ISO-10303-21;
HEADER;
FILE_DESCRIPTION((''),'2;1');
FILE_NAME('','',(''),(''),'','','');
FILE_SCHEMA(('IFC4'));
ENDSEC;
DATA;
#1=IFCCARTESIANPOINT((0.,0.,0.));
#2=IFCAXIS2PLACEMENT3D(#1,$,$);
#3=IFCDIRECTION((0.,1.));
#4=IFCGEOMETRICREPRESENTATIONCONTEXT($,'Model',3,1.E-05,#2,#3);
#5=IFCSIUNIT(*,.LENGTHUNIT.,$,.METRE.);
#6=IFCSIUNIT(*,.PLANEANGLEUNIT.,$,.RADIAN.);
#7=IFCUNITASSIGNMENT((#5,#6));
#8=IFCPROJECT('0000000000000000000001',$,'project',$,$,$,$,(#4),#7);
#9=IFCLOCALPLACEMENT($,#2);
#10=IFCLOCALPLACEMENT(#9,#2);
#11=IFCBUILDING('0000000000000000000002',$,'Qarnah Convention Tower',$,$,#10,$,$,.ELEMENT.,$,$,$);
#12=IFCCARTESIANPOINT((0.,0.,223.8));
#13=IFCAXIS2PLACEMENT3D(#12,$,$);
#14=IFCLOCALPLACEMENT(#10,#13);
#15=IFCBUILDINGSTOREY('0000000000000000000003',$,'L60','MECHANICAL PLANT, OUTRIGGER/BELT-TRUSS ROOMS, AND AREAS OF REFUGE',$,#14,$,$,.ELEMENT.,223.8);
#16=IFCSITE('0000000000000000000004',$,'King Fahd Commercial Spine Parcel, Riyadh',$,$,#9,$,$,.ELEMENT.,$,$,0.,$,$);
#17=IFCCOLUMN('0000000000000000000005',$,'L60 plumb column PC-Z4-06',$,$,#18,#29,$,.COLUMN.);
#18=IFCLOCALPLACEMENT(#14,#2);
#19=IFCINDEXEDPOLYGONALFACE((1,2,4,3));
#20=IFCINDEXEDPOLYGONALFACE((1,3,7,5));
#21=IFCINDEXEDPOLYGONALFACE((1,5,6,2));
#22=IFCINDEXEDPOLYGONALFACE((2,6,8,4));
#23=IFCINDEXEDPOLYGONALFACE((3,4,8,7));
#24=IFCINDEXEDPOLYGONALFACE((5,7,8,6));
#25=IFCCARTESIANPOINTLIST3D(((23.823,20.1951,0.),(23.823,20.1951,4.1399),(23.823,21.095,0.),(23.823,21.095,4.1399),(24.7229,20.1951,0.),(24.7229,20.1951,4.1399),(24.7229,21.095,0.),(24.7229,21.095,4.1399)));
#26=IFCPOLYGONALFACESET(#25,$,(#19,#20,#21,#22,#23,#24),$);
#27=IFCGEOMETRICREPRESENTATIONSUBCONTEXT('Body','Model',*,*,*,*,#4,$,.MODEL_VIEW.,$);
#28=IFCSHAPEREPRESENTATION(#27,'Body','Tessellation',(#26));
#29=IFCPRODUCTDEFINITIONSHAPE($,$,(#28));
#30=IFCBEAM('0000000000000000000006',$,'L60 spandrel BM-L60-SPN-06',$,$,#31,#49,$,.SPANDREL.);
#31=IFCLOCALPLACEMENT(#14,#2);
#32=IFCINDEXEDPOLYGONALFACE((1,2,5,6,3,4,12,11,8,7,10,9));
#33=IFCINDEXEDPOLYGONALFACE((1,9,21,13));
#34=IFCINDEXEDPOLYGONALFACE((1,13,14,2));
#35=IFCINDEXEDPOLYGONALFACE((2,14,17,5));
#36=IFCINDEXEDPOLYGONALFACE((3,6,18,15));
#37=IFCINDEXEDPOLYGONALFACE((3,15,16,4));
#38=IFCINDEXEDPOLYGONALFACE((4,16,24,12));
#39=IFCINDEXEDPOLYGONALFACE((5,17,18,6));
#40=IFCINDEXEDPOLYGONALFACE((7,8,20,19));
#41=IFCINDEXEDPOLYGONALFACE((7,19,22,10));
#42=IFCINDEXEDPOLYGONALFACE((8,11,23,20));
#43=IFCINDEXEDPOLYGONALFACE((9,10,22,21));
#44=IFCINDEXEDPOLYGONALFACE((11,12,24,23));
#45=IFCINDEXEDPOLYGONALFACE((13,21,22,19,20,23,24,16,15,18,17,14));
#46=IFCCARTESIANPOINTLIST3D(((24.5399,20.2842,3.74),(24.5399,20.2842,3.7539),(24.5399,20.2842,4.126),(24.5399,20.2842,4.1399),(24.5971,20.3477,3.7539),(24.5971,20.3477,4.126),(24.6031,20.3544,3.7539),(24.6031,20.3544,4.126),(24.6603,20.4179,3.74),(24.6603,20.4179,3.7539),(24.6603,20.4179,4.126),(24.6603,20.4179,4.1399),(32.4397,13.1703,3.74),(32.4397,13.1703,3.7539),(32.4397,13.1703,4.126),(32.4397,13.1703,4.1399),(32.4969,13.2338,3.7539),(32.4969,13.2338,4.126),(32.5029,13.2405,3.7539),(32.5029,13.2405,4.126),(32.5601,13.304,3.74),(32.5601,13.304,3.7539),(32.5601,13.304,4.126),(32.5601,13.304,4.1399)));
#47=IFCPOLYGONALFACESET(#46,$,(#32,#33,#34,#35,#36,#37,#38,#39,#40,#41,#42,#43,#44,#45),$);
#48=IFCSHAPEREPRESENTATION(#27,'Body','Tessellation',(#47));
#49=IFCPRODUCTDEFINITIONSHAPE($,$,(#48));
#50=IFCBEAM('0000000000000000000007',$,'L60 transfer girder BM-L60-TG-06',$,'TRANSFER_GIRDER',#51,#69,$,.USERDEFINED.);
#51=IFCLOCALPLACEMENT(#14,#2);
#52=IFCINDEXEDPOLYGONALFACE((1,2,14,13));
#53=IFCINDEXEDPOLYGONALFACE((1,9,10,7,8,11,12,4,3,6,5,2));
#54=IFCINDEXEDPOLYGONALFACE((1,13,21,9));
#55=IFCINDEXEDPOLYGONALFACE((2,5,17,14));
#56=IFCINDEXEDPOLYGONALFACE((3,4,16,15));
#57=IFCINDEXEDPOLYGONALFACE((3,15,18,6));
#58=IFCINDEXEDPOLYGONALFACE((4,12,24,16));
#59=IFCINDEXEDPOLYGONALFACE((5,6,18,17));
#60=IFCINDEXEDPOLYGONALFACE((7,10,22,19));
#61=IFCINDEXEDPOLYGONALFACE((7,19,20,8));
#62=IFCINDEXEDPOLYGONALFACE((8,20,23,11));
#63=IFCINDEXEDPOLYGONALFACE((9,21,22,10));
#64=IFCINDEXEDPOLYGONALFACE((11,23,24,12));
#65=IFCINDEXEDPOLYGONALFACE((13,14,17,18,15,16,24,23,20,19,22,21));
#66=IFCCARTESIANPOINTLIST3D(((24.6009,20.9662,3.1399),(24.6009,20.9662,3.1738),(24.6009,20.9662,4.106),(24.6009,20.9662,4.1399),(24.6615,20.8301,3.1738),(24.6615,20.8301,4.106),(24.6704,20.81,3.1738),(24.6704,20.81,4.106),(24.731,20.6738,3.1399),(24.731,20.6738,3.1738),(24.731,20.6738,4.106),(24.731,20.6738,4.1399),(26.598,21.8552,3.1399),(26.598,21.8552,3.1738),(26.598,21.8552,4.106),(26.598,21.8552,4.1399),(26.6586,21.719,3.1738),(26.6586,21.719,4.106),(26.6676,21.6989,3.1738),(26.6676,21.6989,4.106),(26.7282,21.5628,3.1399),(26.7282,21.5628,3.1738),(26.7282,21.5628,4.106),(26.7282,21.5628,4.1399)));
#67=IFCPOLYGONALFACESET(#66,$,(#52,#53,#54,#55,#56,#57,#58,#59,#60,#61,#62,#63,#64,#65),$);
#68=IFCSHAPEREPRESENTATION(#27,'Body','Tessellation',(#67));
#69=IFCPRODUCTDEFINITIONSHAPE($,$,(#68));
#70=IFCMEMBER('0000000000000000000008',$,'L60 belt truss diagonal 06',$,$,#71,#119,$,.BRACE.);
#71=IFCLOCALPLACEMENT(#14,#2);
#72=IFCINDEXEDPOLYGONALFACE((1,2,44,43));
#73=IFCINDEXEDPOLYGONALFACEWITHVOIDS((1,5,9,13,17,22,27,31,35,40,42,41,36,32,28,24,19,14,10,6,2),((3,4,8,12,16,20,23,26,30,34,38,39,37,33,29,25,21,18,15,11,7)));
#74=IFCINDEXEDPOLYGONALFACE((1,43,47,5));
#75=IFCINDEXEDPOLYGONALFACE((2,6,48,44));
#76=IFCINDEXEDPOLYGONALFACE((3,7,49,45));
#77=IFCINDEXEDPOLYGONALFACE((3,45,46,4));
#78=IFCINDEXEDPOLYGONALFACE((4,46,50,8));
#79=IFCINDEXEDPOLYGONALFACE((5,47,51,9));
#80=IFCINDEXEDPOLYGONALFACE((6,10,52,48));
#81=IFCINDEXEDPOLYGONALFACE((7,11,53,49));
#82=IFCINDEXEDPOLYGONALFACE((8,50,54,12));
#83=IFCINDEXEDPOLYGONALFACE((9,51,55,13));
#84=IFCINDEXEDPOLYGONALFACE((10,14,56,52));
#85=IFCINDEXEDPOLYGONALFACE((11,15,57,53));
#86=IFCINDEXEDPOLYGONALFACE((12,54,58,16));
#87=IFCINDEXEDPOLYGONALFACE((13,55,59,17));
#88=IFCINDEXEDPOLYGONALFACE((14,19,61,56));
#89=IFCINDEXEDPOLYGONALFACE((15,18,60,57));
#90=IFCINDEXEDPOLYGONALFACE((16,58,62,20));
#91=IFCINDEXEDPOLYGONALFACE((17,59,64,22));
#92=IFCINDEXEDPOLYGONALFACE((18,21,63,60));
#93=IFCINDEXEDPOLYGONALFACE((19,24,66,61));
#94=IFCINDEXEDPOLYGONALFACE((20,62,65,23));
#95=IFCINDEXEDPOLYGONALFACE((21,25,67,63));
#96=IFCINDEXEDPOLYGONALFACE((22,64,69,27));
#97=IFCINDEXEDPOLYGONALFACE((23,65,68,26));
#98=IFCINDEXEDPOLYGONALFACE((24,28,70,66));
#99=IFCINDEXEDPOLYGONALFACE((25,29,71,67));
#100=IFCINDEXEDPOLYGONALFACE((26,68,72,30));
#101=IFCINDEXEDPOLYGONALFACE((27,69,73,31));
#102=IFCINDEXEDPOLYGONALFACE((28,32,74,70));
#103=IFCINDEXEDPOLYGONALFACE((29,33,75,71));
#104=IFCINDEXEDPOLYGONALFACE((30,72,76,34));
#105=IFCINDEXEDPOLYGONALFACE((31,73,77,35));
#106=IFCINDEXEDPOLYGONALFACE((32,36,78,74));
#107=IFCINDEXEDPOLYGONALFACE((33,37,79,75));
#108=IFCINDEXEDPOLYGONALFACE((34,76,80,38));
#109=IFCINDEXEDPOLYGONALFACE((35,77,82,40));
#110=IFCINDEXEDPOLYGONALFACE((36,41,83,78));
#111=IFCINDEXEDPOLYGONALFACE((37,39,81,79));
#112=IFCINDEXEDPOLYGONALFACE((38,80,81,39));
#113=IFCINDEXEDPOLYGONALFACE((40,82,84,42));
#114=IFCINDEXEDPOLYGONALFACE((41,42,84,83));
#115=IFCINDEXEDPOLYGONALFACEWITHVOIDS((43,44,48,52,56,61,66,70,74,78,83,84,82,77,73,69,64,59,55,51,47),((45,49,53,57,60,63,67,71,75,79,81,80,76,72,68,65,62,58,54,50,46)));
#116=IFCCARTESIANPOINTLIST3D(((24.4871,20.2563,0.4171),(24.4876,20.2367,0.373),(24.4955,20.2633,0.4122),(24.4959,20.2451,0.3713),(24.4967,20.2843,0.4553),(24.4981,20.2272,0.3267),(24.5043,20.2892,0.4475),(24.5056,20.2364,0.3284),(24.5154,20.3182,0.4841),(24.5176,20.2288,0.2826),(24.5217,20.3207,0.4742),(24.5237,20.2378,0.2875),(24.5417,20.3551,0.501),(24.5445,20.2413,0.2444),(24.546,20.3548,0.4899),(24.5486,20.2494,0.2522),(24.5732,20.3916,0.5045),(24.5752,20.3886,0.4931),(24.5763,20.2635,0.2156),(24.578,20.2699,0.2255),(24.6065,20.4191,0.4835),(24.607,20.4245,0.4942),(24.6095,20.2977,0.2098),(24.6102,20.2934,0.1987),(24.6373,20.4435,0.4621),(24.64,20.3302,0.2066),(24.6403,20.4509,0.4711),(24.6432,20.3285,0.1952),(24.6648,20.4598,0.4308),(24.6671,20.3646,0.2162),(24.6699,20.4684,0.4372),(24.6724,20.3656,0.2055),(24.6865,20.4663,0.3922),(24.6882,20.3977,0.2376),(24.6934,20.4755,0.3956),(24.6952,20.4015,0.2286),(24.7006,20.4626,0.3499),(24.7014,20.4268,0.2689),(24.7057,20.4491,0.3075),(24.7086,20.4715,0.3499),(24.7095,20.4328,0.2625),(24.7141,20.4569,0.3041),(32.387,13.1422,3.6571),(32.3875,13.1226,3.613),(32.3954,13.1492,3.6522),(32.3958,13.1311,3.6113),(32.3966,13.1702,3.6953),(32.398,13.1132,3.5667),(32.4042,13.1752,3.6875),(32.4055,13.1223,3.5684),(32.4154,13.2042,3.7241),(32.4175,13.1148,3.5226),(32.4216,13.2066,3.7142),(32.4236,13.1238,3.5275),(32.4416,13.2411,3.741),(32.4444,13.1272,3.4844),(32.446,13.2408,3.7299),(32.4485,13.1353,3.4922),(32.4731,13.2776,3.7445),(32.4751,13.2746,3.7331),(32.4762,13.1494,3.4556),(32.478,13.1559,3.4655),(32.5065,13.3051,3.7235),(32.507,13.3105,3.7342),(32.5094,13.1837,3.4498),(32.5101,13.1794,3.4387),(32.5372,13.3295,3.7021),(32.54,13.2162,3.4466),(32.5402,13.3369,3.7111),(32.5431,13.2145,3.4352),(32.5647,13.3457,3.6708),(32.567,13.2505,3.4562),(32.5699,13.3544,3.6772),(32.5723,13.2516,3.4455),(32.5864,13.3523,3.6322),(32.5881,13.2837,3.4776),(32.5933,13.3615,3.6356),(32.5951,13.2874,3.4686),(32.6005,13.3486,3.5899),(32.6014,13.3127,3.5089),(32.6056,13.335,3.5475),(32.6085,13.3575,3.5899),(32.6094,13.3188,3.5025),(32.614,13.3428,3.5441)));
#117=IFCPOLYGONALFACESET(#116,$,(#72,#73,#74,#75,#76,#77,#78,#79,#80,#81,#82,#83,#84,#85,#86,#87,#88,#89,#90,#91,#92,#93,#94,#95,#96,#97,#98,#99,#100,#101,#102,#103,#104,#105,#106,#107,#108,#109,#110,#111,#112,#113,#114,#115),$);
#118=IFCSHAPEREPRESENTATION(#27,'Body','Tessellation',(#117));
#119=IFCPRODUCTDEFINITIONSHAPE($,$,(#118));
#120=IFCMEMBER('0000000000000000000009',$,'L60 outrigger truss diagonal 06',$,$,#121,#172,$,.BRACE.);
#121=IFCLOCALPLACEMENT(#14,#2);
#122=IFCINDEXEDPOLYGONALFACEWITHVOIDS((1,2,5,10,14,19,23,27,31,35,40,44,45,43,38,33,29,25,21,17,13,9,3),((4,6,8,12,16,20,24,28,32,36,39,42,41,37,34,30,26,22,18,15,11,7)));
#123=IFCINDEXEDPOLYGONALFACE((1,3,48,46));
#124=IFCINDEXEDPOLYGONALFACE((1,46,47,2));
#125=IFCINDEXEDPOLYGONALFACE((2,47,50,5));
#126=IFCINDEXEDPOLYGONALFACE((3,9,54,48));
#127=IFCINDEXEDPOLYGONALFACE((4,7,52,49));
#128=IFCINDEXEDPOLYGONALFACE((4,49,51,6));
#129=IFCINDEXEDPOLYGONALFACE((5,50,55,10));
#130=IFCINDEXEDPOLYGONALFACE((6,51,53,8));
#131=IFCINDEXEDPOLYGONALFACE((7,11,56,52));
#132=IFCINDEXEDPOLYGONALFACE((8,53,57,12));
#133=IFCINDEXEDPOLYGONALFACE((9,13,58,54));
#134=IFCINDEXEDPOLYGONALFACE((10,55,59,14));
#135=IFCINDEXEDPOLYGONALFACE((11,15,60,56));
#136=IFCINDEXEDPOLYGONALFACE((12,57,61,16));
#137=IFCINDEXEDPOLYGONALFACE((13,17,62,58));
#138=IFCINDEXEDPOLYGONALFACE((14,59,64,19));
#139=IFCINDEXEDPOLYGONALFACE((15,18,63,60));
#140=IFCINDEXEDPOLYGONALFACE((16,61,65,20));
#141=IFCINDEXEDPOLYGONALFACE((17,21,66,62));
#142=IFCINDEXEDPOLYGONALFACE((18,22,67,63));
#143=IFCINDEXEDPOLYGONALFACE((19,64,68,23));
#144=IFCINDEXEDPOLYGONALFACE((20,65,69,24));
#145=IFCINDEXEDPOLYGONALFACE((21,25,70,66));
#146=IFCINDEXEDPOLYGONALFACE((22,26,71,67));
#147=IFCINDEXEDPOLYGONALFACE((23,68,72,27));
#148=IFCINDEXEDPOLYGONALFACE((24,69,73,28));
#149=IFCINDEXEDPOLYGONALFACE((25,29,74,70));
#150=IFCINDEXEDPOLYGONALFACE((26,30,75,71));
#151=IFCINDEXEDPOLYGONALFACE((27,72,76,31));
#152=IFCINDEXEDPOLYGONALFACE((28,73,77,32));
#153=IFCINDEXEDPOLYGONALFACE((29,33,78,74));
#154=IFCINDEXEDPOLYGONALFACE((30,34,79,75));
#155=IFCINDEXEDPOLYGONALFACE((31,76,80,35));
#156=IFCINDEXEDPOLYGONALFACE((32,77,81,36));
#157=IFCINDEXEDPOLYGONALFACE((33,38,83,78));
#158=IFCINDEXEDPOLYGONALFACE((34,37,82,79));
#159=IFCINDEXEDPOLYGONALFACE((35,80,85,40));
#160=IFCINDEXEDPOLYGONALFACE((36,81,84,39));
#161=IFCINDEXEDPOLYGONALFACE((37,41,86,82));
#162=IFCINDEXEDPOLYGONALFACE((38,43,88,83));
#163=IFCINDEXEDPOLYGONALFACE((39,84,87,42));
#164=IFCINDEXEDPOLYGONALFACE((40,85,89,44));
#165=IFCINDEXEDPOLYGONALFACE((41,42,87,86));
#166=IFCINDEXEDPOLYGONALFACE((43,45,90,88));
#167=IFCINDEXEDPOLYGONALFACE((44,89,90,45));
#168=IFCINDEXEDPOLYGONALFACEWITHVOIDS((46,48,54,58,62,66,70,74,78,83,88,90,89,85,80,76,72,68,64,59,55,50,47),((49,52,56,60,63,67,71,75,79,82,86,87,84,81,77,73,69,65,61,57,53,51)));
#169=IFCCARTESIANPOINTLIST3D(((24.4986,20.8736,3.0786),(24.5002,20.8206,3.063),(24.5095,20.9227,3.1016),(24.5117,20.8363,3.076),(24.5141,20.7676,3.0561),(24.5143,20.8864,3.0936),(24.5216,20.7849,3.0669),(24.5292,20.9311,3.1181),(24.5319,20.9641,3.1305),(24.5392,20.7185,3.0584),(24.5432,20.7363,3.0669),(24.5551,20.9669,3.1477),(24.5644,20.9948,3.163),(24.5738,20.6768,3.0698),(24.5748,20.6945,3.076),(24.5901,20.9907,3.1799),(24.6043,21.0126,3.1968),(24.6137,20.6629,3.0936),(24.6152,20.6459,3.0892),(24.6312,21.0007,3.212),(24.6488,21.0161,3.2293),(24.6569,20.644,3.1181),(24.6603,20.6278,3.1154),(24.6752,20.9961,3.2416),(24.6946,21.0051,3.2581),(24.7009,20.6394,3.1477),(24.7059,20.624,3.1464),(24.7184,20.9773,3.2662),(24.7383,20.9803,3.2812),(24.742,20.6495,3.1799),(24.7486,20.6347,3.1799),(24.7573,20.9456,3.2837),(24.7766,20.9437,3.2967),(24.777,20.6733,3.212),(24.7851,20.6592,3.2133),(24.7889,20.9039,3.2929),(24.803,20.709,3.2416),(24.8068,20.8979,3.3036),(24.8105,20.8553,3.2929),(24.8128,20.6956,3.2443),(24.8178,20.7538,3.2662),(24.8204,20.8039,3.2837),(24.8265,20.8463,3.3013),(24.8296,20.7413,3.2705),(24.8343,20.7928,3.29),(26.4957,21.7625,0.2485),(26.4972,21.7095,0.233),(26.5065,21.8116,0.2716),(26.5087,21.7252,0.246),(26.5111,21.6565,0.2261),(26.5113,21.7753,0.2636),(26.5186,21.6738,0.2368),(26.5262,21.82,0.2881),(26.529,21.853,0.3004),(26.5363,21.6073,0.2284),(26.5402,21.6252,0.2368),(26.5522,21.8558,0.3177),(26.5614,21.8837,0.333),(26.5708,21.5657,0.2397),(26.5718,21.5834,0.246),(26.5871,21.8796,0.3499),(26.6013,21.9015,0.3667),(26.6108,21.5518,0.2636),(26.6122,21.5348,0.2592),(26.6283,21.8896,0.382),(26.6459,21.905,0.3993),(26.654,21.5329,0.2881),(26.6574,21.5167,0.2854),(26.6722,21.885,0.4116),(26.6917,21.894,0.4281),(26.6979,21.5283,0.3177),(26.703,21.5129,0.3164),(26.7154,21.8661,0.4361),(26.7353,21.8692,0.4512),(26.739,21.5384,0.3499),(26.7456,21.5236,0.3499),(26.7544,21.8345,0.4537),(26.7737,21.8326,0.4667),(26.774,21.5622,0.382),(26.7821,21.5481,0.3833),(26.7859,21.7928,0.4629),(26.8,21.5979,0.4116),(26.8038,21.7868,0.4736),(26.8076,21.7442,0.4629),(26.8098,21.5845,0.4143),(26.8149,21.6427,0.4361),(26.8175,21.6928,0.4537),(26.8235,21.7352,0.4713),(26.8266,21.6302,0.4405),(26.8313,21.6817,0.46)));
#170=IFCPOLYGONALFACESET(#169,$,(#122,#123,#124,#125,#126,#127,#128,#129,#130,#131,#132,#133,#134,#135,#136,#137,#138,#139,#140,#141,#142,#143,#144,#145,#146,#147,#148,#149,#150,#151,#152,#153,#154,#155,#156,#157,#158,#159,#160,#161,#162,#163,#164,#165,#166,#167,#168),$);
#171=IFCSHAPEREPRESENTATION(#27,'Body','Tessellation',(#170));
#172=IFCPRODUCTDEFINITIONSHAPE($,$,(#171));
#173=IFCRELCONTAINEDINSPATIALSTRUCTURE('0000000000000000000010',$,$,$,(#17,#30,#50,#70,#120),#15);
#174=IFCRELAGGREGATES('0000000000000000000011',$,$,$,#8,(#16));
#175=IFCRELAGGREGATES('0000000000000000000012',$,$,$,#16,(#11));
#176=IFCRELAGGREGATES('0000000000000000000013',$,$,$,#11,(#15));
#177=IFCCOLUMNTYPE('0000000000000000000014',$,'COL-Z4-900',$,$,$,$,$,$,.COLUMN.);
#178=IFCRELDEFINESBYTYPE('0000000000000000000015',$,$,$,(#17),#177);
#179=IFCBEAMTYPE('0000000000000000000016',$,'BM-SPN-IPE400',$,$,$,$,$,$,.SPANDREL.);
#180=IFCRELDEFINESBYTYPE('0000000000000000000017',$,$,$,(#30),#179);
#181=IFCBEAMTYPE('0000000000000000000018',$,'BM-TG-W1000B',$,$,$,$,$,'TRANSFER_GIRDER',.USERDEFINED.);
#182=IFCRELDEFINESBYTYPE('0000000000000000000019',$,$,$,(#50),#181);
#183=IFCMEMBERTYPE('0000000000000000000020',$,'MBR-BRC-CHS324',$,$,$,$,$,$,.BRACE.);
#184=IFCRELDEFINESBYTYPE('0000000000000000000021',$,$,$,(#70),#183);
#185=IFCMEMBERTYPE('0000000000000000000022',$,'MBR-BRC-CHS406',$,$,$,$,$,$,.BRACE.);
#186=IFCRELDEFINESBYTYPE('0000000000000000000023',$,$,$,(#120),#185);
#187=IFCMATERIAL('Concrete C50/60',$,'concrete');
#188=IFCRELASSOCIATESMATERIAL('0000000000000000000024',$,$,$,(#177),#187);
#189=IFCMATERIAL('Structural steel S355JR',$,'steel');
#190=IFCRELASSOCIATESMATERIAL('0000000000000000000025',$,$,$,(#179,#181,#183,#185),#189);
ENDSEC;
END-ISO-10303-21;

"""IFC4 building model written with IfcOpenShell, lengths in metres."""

from ifc_helpers import new_model, si_unit, direction, frame, origin, origin_2d, place, context, subcontext, project, spatial, rectangle, hollow_circle, i_section, extrude, material, material_profile, profile_set, type_object, element, save


model = new_model("IFC4")

# Units and contexts
model_context = context("Model", 3, precision=1e-05, world=origin(), true_north=direction((0.0, 1.0)))
body_context = subcontext(model_context, "Body", "Model", "MODEL_VIEW")
ifc_project = project(units=[si_unit("LENGTHUNIT", "METRE"), si_unit("PLANEANGLEUNIT", "RADIAN")], contexts=[model_context])

# Site, building, storey
site_placement = place(None, origin())
site = spatial("IfcSite", under=ifc_project, at=site_placement, Name="King Fahd Commercial Spine Parcel, Riyadh", CompositionType="ELEMENT", RefElevation=0.0)
building_placement = place(site_placement, origin())
building = spatial("IfcBuilding", under=site, at=building_placement, Name="Qarnah Convention Tower", CompositionType="ELEMENT")
storey_placement = place(building_placement, frame((0.0, 0.0, 223.8)))
storey = spatial("IfcBuildingStorey", under=building, at=storey_placement, Name="L60", Description="MECHANICAL PLANT, OUTRIGGER/BELT-TRUSS ROOMS, AND AREAS OF REFUGE", CompositionType="ELEMENT", Elevation=223.8)

# Column
ifc_material_1 = material(Name="Concrete C50/60", Category="concrete")
ifc_material_profile_1 = material_profile(ifc_material_1, rectangle(XDim=0.8999, YDim=0.8999, at=origin_2d()), Name="RC-COL-900X900")
ifc_profile_set_1 = profile_set([ifc_material_profile_1], Name="Concrete C50/60")
column_type = type_object("IfcColumnType", Name="COL-Z4-900", PredefinedType="COLUMN", material=ifc_profile_set_1)
column_placement = place(storey_placement, frame((24.2729, 20.645, 0.0), z_axis=(0.0, 0.0, 1.0), x_axis=(1.0, 0.0, 0.0)))
element("IfcColumn", 1, at=column_placement, inside=storey, type_object=column_type, Name="L60 plumb column PC-Z4-06", PredefinedType="COLUMN", context=body_context, shape_type="SweptSolid", body=[
    extrude(rectangle(XDim=0.8999, YDim=0.8999, at=origin_2d()), origin(), (0.0, 0.0, 1.0), 4.1399),
])

# Beams
ifc_material_2 = material(Name="Structural steel S355JR", Category="steel")
ifc_material_profile_2 = material_profile(ifc_material_2, i_section(OverallWidth=0.1799, OverallDepth=0.3999, WebThickness=0.009, FlangeThickness=0.0139, at=origin_2d()), Name="IPE400")
ifc_profile_set_2 = profile_set([ifc_material_profile_2], Name="Structural steel S355JR")
beam_type_1 = type_object("IfcBeamType", Name="BM-SPN-IPE400", PredefinedType="SPANDREL", material=ifc_profile_set_2)
beam_1_placement = place(storey_placement, frame((24.6001, 20.3511, 3.9399), z_axis=(0.743102, -0.669178, 0.0), x_axis=(0.669178, 0.743102, 0.0)))
element("IfcBeam", 2, at=beam_1_placement, inside=storey, type_object=beam_type_1, Name="L60 spandrel BM-L60-SPN-06", PredefinedType="SPANDREL", context=body_context, shape_type="SweptSolid", body=[
    extrude(i_section(OverallWidth=0.1799, OverallDepth=0.3999, WebThickness=0.009, FlangeThickness=0.0139, at=origin_2d()), origin(), (0.0, 0.0, 1.0), 10.6309),
])
ifc_material_profile_3 = material_profile(ifc_material_2, i_section(OverallWidth=0.3201, OverallDepth=1.0, WebThickness=0.022, FlangeThickness=0.0339, at=origin_2d()), Name="W1000X371")
ifc_profile_set_3 = profile_set([ifc_material_profile_3], Name="Structural steel S355JR")
beam_type_2 = type_object("IfcBeamType", Name="BM-TG-W1000B", ElementType="TRANSFER_GIRDER", PredefinedType="USERDEFINED", material=ifc_profile_set_3)
beam_2_placement = place(storey_placement, frame((26.6631, 21.709, 3.6399), z_axis=(-0.913586, -0.406646, 0.0), x_axis=(0.406646, -0.913586, 0.0)))
element("IfcBeam", 3, at=beam_2_placement, inside=storey, type_object=beam_type_2, Name="L60 transfer girder BM-L60-TG-06", ObjectType="TRANSFER_GIRDER", PredefinedType="USERDEFINED", context=body_context, shape_type="SweptSolid", body=[
    extrude(i_section(OverallWidth=0.3201, OverallDepth=1.0, WebThickness=0.022, FlangeThickness=0.0339, at=origin_2d()), origin(), (0.0, 0.0, 1.0), 2.186),
])

# Members
ifc_material_profile_4 = material_profile(ifc_material_2, hollow_circle(Radius=0.1621, WallThickness=0.012, at=origin_2d()), Name="CHS324X12")
ifc_profile_set_4 = profile_set([ifc_material_profile_4], Name="Structural steel S355JR")
member_type_1 = type_object("IfcMemberType", Name="MBR-BRC-CHS324", PredefinedType="BRACE", material=ifc_profile_set_4)
member_1_placement = place(storey_placement, frame((24.6001, 20.3511, 0.3499), z_axis=(0.710823, -0.64011, 0.29153), x_axis=(0.669178, 0.743102, 0.0)))
element("IfcMember", 4, at=member_1_placement, inside=storey, type_object=member_type_1, Name="L60 belt truss diagonal 06", PredefinedType="BRACE", context=body_context, shape_type="SweptSolid", body=[
    extrude(hollow_circle(Radius=0.1621, WallThickness=0.012, at=origin_2d()), origin(), (0.0, 0.0, 1.0), 11.1138),
])
ifc_material_profile_5 = material_profile(ifc_material_2, hollow_circle(Radius=0.2029, WallThickness=0.0161, at=origin_2d()), Name="CHS406X16")
ifc_profile_set_5 = profile_set([ifc_material_profile_5], Name="Structural steel S355JR")
member_type_2 = type_object("IfcMemberType", Name="MBR-BRC-CHS406", PredefinedType="BRACE", material=ifc_profile_set_5)
member_2_placement = place(storey_placement, frame((26.6631, 21.709, 0.3499), z_axis=(-0.558464, -0.248578, 0.791408), x_axis=(0.406646, -0.913586, 0.0)))
element("IfcMember", 5, at=member_2_placement, inside=storey, type_object=member_type_2, Name="L60 outrigger truss diagonal 06", PredefinedType="BRACE", context=body_context, shape_type="SweptSolid", body=[
    extrude(hollow_circle(Radius=0.2029, WallThickness=0.0161, at=origin_2d()), origin(), (0.0, 0.0, 1.0), 3.5759),
])

save(model, "model.ifc")
